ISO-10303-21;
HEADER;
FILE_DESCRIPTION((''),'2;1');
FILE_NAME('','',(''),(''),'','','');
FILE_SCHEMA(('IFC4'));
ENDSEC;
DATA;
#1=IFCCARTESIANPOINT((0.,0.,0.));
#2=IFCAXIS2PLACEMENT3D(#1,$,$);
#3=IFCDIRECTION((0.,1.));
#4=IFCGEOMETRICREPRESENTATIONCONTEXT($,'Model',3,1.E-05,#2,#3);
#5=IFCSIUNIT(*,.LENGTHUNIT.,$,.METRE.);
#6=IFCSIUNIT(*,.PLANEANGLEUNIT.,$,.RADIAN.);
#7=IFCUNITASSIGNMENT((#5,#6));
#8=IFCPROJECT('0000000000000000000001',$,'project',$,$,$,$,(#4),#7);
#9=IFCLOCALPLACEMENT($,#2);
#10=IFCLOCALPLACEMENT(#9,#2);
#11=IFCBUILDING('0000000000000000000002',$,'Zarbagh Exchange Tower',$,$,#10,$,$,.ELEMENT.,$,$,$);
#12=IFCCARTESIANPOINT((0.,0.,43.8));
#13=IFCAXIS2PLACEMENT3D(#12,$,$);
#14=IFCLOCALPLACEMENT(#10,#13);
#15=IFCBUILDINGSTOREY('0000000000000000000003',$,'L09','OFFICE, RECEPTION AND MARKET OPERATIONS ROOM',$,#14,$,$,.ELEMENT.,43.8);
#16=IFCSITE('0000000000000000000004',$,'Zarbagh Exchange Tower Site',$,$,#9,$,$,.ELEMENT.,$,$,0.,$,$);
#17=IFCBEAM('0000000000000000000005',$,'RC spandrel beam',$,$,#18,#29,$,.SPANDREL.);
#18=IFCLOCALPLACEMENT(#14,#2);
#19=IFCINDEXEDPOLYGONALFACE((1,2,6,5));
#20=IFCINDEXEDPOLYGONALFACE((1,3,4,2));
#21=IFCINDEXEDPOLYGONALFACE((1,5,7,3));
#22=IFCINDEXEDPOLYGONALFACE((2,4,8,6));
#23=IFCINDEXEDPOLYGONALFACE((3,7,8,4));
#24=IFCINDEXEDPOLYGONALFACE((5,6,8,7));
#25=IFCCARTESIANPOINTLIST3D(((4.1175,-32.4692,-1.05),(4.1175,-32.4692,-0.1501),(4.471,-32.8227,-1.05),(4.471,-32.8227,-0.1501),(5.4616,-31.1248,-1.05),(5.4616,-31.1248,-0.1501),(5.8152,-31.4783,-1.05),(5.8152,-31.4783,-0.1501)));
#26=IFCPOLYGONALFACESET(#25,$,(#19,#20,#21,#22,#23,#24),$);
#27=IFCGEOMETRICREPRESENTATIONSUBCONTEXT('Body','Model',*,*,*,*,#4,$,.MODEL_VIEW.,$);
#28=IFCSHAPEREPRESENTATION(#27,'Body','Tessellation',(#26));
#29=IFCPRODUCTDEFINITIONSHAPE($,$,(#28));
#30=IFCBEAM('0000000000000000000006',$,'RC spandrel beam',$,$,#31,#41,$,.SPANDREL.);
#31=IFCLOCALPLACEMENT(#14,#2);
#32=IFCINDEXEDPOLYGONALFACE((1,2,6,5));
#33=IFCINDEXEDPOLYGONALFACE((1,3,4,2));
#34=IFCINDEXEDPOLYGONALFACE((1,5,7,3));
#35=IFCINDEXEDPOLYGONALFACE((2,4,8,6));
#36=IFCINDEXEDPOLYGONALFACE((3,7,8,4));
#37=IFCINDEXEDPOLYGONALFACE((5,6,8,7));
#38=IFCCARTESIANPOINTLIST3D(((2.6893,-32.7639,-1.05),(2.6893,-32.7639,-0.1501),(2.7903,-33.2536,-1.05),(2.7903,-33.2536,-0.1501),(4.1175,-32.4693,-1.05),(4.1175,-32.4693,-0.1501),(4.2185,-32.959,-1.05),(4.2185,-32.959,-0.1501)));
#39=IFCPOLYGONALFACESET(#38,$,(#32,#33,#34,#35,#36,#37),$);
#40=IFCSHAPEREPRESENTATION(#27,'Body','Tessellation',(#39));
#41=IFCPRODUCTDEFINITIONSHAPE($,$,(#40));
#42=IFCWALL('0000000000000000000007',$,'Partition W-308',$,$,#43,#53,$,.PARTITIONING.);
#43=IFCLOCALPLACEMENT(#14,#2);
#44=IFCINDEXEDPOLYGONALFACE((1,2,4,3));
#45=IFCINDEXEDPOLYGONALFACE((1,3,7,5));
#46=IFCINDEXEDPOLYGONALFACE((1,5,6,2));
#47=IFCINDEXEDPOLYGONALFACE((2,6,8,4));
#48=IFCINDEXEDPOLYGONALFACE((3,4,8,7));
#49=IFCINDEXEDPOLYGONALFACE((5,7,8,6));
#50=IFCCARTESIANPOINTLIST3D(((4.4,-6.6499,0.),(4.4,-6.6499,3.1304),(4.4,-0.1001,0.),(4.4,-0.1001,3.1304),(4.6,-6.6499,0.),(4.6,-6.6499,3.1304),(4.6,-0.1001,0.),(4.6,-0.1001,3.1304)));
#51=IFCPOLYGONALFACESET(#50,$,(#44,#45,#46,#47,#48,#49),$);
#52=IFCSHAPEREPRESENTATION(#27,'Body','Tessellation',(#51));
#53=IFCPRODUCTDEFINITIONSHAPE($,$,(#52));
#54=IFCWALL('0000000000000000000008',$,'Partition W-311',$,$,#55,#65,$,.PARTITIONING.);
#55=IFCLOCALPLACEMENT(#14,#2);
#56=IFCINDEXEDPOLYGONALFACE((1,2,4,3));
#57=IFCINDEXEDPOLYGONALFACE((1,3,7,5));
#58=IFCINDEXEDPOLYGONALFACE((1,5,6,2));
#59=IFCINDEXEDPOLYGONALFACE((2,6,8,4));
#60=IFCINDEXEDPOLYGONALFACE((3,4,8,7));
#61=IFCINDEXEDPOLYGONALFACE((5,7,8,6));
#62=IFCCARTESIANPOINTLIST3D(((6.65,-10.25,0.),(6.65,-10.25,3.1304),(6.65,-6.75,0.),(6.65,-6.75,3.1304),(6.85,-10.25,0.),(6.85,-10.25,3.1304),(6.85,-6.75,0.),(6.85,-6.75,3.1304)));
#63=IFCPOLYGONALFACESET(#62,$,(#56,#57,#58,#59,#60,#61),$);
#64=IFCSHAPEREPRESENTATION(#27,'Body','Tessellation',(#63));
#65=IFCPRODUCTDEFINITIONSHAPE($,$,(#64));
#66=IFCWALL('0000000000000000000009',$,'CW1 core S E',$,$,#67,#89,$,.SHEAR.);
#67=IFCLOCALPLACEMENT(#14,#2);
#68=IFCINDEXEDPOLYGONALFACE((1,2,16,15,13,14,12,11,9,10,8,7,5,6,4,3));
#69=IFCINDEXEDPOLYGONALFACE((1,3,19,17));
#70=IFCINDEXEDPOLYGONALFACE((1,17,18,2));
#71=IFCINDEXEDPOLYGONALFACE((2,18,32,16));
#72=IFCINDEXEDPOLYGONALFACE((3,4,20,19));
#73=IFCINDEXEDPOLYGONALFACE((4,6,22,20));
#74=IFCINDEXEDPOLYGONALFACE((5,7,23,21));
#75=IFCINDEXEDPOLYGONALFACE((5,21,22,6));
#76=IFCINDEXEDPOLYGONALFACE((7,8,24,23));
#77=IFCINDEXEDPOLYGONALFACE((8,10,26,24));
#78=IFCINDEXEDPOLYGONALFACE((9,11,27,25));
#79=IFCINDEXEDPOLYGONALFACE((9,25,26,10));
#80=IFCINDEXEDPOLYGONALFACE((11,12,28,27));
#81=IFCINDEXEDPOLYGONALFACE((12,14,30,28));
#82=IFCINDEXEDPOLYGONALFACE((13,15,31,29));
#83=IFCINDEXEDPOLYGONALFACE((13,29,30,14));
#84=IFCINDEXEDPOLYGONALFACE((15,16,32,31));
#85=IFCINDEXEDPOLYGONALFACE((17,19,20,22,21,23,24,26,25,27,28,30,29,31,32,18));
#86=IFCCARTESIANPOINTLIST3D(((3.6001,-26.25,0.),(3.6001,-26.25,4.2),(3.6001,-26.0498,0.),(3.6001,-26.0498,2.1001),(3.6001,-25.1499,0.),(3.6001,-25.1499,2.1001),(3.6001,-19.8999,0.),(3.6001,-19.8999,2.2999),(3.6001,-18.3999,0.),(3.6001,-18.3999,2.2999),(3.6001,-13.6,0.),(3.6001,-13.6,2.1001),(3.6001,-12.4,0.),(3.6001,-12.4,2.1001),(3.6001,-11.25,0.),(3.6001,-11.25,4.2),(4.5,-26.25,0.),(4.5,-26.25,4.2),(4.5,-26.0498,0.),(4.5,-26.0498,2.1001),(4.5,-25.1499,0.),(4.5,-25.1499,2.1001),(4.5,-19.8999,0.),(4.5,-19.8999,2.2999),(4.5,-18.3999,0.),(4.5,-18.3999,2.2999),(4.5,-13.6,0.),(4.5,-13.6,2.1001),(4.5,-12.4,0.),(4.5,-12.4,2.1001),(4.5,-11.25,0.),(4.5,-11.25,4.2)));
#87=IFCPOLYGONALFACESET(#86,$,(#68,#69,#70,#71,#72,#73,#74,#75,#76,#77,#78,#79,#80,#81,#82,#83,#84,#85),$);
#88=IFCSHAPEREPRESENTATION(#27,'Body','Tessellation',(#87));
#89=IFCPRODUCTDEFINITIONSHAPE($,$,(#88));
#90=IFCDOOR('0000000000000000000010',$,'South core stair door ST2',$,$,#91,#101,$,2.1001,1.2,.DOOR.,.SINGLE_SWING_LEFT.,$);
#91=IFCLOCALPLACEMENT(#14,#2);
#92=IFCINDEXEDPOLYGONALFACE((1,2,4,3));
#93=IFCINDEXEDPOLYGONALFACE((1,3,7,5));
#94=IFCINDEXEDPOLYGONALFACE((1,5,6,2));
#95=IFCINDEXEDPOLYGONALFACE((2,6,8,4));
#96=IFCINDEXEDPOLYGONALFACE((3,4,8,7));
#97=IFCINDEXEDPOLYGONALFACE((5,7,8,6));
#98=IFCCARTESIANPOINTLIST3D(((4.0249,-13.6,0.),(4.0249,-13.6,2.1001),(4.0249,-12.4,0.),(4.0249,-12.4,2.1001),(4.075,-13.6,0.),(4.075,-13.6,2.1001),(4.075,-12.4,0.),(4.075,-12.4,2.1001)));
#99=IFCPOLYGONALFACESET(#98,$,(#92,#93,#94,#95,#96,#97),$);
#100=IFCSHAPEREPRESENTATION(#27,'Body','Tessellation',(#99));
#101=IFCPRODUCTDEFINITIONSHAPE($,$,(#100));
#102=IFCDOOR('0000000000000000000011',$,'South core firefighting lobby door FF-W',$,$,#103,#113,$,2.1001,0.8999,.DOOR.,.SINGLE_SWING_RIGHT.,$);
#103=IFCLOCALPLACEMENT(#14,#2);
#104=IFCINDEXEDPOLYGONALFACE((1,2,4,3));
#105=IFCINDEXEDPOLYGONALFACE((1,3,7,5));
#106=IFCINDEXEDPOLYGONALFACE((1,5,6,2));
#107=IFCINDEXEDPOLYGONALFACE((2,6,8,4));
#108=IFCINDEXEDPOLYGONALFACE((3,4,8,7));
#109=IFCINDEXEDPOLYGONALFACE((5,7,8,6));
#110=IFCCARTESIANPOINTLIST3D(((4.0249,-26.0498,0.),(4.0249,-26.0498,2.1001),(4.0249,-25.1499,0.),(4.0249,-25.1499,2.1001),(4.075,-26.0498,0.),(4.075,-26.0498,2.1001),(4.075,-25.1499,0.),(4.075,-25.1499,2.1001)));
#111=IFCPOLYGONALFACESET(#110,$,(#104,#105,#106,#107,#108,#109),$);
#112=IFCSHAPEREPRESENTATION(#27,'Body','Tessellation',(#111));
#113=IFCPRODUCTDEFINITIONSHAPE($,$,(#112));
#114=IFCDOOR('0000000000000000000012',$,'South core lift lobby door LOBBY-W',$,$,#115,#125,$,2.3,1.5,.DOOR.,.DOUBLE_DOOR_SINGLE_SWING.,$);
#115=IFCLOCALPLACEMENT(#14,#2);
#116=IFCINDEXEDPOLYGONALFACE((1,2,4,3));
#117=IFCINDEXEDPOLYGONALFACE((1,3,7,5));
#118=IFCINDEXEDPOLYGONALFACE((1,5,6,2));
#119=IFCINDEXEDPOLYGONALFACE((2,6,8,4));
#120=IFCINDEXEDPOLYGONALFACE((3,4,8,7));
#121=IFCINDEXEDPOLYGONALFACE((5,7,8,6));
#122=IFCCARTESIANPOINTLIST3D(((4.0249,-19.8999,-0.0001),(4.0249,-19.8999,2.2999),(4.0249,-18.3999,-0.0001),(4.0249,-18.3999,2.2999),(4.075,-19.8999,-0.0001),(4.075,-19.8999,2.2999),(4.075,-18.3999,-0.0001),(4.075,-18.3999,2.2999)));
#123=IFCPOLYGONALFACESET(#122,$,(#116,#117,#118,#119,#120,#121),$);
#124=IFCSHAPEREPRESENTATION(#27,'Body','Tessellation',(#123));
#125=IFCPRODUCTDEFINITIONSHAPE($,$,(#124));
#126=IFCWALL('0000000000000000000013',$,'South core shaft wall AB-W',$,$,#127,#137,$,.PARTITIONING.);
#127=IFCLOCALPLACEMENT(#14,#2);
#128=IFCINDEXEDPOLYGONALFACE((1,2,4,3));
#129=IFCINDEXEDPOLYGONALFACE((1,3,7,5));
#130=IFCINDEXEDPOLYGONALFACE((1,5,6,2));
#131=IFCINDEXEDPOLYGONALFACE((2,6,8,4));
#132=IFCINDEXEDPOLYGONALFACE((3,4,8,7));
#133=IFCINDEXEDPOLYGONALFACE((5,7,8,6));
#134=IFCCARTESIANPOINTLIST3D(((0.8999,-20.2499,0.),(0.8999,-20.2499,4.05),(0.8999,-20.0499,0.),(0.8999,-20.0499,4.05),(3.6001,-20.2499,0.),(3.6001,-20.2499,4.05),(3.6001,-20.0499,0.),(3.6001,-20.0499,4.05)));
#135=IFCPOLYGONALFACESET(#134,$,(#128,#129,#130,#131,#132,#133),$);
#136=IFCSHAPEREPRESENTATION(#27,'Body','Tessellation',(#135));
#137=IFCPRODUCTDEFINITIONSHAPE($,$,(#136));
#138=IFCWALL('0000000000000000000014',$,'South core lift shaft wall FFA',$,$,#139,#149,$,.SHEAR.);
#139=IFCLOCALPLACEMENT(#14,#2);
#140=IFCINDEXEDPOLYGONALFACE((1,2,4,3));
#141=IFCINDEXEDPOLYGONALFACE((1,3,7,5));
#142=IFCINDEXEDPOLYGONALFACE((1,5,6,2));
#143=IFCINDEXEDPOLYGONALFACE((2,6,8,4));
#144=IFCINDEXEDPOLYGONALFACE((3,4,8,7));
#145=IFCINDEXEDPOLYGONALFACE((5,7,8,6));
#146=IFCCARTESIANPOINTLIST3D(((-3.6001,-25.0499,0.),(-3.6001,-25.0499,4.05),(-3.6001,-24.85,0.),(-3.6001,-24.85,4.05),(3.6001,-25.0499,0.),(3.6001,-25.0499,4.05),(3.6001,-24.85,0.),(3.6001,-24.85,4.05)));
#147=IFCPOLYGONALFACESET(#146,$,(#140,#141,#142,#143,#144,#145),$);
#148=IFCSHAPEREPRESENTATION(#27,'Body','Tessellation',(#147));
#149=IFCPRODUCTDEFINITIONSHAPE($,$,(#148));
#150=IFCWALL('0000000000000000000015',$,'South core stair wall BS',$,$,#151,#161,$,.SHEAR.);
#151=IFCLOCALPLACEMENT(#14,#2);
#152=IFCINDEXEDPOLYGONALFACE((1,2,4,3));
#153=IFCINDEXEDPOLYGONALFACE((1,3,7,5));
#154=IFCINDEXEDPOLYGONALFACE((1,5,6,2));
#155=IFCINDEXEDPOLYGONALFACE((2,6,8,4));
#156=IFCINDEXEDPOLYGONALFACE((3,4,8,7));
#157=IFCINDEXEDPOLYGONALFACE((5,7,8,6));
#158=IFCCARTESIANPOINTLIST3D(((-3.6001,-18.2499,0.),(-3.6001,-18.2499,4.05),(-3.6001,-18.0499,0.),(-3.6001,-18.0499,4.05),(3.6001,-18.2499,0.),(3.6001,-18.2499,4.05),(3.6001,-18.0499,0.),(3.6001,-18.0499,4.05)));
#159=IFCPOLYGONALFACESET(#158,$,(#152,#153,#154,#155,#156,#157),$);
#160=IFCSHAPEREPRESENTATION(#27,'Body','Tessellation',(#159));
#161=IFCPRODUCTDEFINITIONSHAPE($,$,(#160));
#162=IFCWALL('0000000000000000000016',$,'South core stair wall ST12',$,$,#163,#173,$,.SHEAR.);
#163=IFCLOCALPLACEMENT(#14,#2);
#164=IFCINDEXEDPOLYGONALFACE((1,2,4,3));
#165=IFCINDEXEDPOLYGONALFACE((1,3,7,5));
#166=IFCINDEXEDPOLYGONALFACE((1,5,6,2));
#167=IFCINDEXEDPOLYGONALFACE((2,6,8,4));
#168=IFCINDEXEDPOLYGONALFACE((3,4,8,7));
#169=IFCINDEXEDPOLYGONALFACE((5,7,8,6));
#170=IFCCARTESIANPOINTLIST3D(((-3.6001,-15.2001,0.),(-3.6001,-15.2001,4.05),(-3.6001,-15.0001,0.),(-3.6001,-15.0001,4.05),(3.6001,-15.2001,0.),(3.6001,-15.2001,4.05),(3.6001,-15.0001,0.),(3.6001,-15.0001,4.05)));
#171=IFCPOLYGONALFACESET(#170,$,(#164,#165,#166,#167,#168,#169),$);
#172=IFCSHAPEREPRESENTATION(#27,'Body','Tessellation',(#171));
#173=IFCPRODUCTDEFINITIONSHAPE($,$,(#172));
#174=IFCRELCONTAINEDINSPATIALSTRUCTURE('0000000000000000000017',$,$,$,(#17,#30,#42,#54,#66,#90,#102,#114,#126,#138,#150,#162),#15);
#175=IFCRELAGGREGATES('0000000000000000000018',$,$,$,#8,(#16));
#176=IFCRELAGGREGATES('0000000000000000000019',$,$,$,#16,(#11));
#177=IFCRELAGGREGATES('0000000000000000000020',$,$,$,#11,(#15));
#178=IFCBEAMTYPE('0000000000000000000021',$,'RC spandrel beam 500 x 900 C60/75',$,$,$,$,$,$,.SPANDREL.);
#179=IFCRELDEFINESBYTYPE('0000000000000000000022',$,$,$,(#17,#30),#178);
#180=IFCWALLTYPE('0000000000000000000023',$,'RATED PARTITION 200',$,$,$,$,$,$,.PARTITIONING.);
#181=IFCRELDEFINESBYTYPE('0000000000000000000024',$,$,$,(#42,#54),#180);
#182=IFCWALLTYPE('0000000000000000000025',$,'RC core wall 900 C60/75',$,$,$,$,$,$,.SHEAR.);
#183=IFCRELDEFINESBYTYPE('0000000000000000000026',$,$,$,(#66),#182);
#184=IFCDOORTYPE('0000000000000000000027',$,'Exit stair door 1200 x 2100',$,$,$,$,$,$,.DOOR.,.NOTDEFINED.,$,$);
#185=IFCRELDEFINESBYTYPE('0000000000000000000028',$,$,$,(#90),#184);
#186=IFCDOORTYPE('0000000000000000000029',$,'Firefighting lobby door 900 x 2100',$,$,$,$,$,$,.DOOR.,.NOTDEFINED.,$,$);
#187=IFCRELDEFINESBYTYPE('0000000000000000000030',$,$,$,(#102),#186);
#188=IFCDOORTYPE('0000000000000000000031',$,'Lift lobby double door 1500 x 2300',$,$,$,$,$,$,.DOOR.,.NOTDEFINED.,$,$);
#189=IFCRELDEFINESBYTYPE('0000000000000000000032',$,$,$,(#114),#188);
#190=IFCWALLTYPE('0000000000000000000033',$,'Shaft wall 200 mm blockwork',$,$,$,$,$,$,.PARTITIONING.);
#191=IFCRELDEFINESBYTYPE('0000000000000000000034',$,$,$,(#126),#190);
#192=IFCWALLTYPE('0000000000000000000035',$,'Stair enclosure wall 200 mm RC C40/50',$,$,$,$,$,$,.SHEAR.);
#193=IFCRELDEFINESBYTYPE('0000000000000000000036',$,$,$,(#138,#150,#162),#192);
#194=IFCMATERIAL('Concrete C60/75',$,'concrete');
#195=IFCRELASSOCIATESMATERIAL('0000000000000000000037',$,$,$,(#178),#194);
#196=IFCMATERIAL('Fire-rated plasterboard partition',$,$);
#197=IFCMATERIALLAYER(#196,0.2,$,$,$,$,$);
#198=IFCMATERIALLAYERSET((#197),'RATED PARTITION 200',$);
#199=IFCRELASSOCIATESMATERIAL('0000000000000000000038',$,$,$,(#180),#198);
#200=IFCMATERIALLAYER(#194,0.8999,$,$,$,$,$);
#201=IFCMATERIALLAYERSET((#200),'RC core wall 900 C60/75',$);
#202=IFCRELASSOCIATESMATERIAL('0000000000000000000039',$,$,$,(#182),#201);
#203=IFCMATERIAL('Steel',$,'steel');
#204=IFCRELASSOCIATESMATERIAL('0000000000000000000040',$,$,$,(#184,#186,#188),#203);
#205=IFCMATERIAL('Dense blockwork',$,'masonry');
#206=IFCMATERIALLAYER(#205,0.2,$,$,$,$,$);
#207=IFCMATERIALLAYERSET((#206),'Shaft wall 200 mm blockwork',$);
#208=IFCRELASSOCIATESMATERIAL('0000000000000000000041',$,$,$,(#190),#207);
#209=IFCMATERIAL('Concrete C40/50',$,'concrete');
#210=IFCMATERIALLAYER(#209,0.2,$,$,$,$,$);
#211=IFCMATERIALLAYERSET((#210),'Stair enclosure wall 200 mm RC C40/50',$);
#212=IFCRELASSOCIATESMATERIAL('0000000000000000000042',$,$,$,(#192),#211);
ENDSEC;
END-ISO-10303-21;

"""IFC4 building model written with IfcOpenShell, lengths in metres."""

from ifc_helpers import new_model, si_unit, direction, frame, frame_2d, origin, origin_2d, place, context, subcontext, project, spatial, rectangle, extrude, material, layer, layer_set, material_profile, profile_set, type_object, element, fill, save


model = new_model("IFC4")

# Units and contexts
model_context = context("Model", 3, precision=1e-05, world=origin(), true_north=direction((0.0, 1.0)))
body_context = subcontext(model_context, "Body", "Model", "MODEL_VIEW")
ifc_project = project(units=[si_unit("LENGTHUNIT", "METRE"), si_unit("PLANEANGLEUNIT", "RADIAN")], contexts=[model_context])

# Site, building, storey
site_placement = place(None, origin())
site = spatial("IfcSite", under=ifc_project, at=site_placement, Name="Zarbagh Exchange Tower Site", CompositionType="ELEMENT", RefElevation=0.0)
building_placement = place(site_placement, origin())
building = spatial("IfcBuilding", under=site, at=building_placement, Name="Zarbagh Exchange Tower", CompositionType="ELEMENT")
storey_placement = place(building_placement, frame((0.0, 0.0, 43.8)))
storey = spatial("IfcBuildingStorey", under=building, at=storey_placement, Name="L09", Description="OFFICE, RECEPTION AND MARKET OPERATIONS ROOM", CompositionType="ELEMENT", Elevation=43.8)

# Shared definitions
ifc_material_1 = material(Name="Concrete C60/75", Category="concrete")

# Beams
ifc_material_profile_1 = material_profile(ifc_material_1, rectangle(XDim=0.5, YDim=0.8999, at=origin_2d()), Name="RC spandrel beam 500 x 900 C60/75")
ifc_profile_set_1 = profile_set([ifc_material_profile_1], Name="Concrete C60/75")
beam_type_1 = type_object("IfcBeamType", Name="RC spandrel beam 500 x 900 C60/75", PredefinedType="SPANDREL", material=ifc_profile_set_1)
beam_1_placement = place(storey_placement, frame((5.6384, -31.3015, -0.6001), z_axis=(-0.707043, -0.707171, 0.0), x_axis=(0.707171, -0.707043, 0.0)))
element("IfcBeam", 1, at=beam_1_placement, inside=storey, type_object=beam_type_1, Name="RC spandrel beam", PredefinedType="SPANDREL", context=body_context, shape_type="SweptSolid", body=[
    extrude(rectangle(XDim=0.5, YDim=0.8999, at=origin_2d()), origin(), (0.0, 0.0, 1.0), 1.9011),
])
beam_2_placement = place(storey_placement, frame((4.168, -32.7141, -0.6001), z_axis=(-0.979371, -0.202069, 0.0), x_axis=(0.202069, -0.979371, 0.0)))
element("IfcBeam", 2, at=beam_2_placement, inside=storey, type_object=beam_type_1, Name="RC spandrel beam", PredefinedType="SPANDREL", context=body_context, shape_type="SweptSolid", body=[
    extrude(rectangle(XDim=0.5, YDim=0.8999, at=origin_2d()), origin(), (0.0, 0.0, 1.0), 1.4583),
])

# Walls
ifc_material_2 = material(Name="Fire-rated plasterboard partition")
ifc_layer_1 = layer(ifc_material_2, 0.2)
ifc_layer_set_1 = layer_set([ifc_layer_1], Name="RATED PARTITION 200")
wall_type_1 = type_object("IfcWallType", Name="RATED PARTITION 200", PredefinedType="PARTITIONING", material=ifc_layer_set_1)
wall_1_placement = place(storey_placement, frame((4.5, -6.6499, 0.0), z_axis=(0.0, 0.0, 1.0), x_axis=(0.0, 1.0, 0.0)))
element("IfcWall", 3, at=wall_1_placement, inside=storey, type_object=wall_type_1, Name="Partition W-308", PredefinedType="PARTITIONING", context=body_context, shape_type="SweptSolid", body=[
    extrude(rectangle(XDim=6.5498, YDim=0.2, at=frame_2d((3.2749, 0.0))), origin(), (0.0, 0.0, 1.0), 3.1304),
])
wall_2_placement = place(storey_placement, frame((6.75, -10.25, 0.0), z_axis=(0.0, 0.0, 1.0), x_axis=(0.0, 1.0, 0.0)))
element("IfcWall", 4, at=wall_2_placement, inside=storey, type_object=wall_type_1, Name="Partition W-311", PredefinedType="PARTITIONING", context=body_context, shape_type="SweptSolid", body=[
    extrude(rectangle(XDim=3.5, YDim=0.2, at=frame_2d((1.75, 0.0))), origin(), (0.0, 0.0, 1.0), 3.1304),
])

# Wall, openings, doors
ifc_layer_2 = layer(ifc_material_1, 0.8999)
ifc_layer_set_2 = layer_set([ifc_layer_2], Name="RC core wall 900 C60/75")
wall_type_2 = type_object("IfcWallType", Name="RC core wall 900 C60/75", PredefinedType="SHEAR", material=ifc_layer_set_2)
wall_3_placement = place(storey_placement, frame((4.05, -11.25, 0.0), z_axis=(0.0, 0.0, 1.0), x_axis=(0.0, -1.0, 0.0)))
wall_3 = element("IfcWall", 5, at=wall_3_placement, inside=storey, type_object=wall_type_2, Name="CW1 core S E", PredefinedType="SHEAR", context=body_context, shape_type="SweptSolid", body=[
    extrude(rectangle(XDim=15.0, YDim=0.8999, at=frame_2d((7.5, 0.0))), origin(), (0.0, 0.0, 1.0), 4.2),
])
opening_1_placement = place(wall_3_placement, frame((7.1499, 0.0, 0.0)))
opening_1 = element("IfcOpeningElement", 6, at=opening_1_placement, cuts=wall_3, PredefinedType="OPENING", context=body_context, shape_type="SweptSolid", body=[
    extrude(rectangle(XDim=1.5, YDim=2.3, at=frame_2d((0.75, 1.1499))), frame((0.0, 0.46, 0.0), z_axis=(0.0, -1.0, 0.0), x_axis=(1.0, 0.0, 0.0)), (0.0, 0.0, 1.0), 0.9199),
])
opening_2_placement = place(wall_3_placement, frame((13.8999, 0.0, 0.0)))
opening_2 = element("IfcOpeningElement", 7, at=opening_2_placement, cuts=wall_3, PredefinedType="OPENING", context=body_context, shape_type="SweptSolid", body=[
    extrude(rectangle(XDim=0.8999, YDim=2.1001, at=frame_2d((0.45, 1.05))), frame((0.0, 0.46, 0.0), z_axis=(0.0, -1.0, 0.0), x_axis=(1.0, 0.0, 0.0)), (0.0, 0.0, 1.0), 0.9199),
])
opening_3_placement = place(wall_3_placement, frame((1.1499, 0.0, 0.0)))
opening_3 = element("IfcOpeningElement", 8, at=opening_3_placement, cuts=wall_3, PredefinedType="OPENING", context=body_context, shape_type="SweptSolid", body=[
    extrude(rectangle(XDim=1.2, YDim=2.1001, at=frame_2d((0.6001, 1.05))), frame((0.0, 0.46, 0.0), z_axis=(0.0, -1.0, 0.0), x_axis=(1.0, 0.0, 0.0)), (0.0, 0.0, 1.0), 0.9199),
])
ifc_material_3 = material(Name="Steel", Category="steel")
door_type_1 = type_object("IfcDoorType", Name="Exit stair door 1200 x 2100", OperationType="NOTDEFINED", PredefinedType="DOOR", material=ifc_material_3)
door_1_placement = place(opening_3_placement, origin())
door_1 = element("IfcDoor", 9, at=door_1_placement, inside=storey, type_object=door_type_1, Name="South core stair door ST2", OperationType="SINGLE_SWING_LEFT", OverallHeight=2.1001, OverallWidth=1.2, PredefinedType="DOOR", context=body_context, shape_type="SweptSolid", body=[
    extrude(rectangle(XDim=1.2, YDim=2.1001, at=frame_2d((0.6001, 1.05))), frame((0.0, 0.0249, 0.0), z_axis=(0.0, -1.0, 0.0), x_axis=(1.0, 0.0, 0.0)), (0.0, 0.0, 1.0), 0.05),
])
fill(opening_3, door_1)
door_type_2 = type_object("IfcDoorType", Name="Firefighting lobby door 900 x 2100", OperationType="NOTDEFINED", PredefinedType="DOOR", material=ifc_material_3)
door_2_placement = place(opening_2_placement, origin())
door_2 = element("IfcDoor", 10, at=door_2_placement, inside=storey, type_object=door_type_2, Name="South core firefighting lobby door FF-W", OperationType="SINGLE_SWING_RIGHT", OverallHeight=2.1001, OverallWidth=0.8999, PredefinedType="DOOR", context=body_context, shape_type="SweptSolid", body=[
    extrude(rectangle(XDim=0.8999, YDim=2.1001, at=frame_2d((0.45, 1.05))), frame((0.0, 0.0249, 0.0), z_axis=(0.0, -1.0, 0.0), x_axis=(1.0, 0.0, 0.0)), (0.0, 0.0, 1.0), 0.05),
])
fill(opening_2, door_2)
door_type_3 = type_object("IfcDoorType", Name="Lift lobby double door 1500 x 2300", OperationType="NOTDEFINED", PredefinedType="DOOR", material=ifc_material_3)
door_3_placement = place(opening_1_placement, origin())
door_3 = element("IfcDoor", 11, at=door_3_placement, inside=storey, type_object=door_type_3, Name="South core lift lobby door LOBBY-W", OperationType="DOUBLE_DOOR_SINGLE_SWING", OverallHeight=2.3, OverallWidth=1.5, PredefinedType="DOOR", context=body_context, shape_type="SweptSolid", body=[
    extrude(rectangle(XDim=1.5, YDim=2.3, at=frame_2d((0.75, 1.1499))), frame((0.0, 0.0249, 0.0), z_axis=(0.0, -1.0, 0.0), x_axis=(1.0, 0.0, 0.0)), (0.0, 0.0, 1.0), 0.05),
])
fill(opening_1, door_3)

# Walls
ifc_material_4 = material(Name="Dense blockwork", Category="masonry")
ifc_layer_3 = layer(ifc_material_4, 0.2)
ifc_layer_set_3 = layer_set([ifc_layer_3], Name="Shaft wall 200 mm blockwork")
wall_type_3 = type_object("IfcWallType", Name="Shaft wall 200 mm blockwork", PredefinedType="PARTITIONING", material=ifc_layer_set_3)
wall_4_placement = place(storey_placement, frame((3.6001, -20.1499, 0.0), z_axis=(0.0, 0.0, 1.0), x_axis=(-1.0, 0.0, 0.0)))
element("IfcWall", 12, at=wall_4_placement, inside=storey, type_object=wall_type_3, Name="South core shaft wall AB-W", PredefinedType="PARTITIONING", context=body_context, shape_type="SweptSolid", body=[
    extrude(rectangle(XDim=2.7002, YDim=0.2, at=frame_2d((1.3501, 0.0))), origin(), (0.0, 0.0, 1.0), 4.05),
])
ifc_material_5 = material(Name="Concrete C40/50", Category="concrete")
ifc_layer_4 = layer(ifc_material_5, 0.2)
ifc_layer_set_4 = layer_set([ifc_layer_4], Name="Stair enclosure wall 200 mm RC C40/50")
wall_type_4 = type_object("IfcWallType", Name="Stair enclosure wall 200 mm RC C40/50", PredefinedType="SHEAR", material=ifc_layer_set_4)
for number, where, z_axis, x_axis, name in (
    (13, (3.6001, -24.95, 0.0), (0.0, 0.0, 1.0), (-1.0, 0.0, 0.0), "South core lift shaft wall FFA"),
    (14, (3.6001, -18.1499, 0.0), (0.0, 0.0, 1.0), (-1.0, 0.0, 0.0), "South core stair wall BS"),
    (15, (3.6001, -15.1001, 0.0), (0.0, 0.0, 1.0), (-1.0, 0.0, 0.0), "South core stair wall ST12"),
):
    element("IfcWall", number, at=place(storey_placement, frame(where, z_axis=z_axis, x_axis=x_axis)), inside=storey, type_object=wall_type_4, Name=name, PredefinedType="SHEAR", context=body_context, shape_type="SweptSolid", body=[
        extrude(rectangle(XDim=7.2002, YDim=0.2, at=frame_2d((3.6001, 0.0))), origin(), (0.0, 0.0, 1.0), 4.05),
    ])

save(model, "model.ifc")
